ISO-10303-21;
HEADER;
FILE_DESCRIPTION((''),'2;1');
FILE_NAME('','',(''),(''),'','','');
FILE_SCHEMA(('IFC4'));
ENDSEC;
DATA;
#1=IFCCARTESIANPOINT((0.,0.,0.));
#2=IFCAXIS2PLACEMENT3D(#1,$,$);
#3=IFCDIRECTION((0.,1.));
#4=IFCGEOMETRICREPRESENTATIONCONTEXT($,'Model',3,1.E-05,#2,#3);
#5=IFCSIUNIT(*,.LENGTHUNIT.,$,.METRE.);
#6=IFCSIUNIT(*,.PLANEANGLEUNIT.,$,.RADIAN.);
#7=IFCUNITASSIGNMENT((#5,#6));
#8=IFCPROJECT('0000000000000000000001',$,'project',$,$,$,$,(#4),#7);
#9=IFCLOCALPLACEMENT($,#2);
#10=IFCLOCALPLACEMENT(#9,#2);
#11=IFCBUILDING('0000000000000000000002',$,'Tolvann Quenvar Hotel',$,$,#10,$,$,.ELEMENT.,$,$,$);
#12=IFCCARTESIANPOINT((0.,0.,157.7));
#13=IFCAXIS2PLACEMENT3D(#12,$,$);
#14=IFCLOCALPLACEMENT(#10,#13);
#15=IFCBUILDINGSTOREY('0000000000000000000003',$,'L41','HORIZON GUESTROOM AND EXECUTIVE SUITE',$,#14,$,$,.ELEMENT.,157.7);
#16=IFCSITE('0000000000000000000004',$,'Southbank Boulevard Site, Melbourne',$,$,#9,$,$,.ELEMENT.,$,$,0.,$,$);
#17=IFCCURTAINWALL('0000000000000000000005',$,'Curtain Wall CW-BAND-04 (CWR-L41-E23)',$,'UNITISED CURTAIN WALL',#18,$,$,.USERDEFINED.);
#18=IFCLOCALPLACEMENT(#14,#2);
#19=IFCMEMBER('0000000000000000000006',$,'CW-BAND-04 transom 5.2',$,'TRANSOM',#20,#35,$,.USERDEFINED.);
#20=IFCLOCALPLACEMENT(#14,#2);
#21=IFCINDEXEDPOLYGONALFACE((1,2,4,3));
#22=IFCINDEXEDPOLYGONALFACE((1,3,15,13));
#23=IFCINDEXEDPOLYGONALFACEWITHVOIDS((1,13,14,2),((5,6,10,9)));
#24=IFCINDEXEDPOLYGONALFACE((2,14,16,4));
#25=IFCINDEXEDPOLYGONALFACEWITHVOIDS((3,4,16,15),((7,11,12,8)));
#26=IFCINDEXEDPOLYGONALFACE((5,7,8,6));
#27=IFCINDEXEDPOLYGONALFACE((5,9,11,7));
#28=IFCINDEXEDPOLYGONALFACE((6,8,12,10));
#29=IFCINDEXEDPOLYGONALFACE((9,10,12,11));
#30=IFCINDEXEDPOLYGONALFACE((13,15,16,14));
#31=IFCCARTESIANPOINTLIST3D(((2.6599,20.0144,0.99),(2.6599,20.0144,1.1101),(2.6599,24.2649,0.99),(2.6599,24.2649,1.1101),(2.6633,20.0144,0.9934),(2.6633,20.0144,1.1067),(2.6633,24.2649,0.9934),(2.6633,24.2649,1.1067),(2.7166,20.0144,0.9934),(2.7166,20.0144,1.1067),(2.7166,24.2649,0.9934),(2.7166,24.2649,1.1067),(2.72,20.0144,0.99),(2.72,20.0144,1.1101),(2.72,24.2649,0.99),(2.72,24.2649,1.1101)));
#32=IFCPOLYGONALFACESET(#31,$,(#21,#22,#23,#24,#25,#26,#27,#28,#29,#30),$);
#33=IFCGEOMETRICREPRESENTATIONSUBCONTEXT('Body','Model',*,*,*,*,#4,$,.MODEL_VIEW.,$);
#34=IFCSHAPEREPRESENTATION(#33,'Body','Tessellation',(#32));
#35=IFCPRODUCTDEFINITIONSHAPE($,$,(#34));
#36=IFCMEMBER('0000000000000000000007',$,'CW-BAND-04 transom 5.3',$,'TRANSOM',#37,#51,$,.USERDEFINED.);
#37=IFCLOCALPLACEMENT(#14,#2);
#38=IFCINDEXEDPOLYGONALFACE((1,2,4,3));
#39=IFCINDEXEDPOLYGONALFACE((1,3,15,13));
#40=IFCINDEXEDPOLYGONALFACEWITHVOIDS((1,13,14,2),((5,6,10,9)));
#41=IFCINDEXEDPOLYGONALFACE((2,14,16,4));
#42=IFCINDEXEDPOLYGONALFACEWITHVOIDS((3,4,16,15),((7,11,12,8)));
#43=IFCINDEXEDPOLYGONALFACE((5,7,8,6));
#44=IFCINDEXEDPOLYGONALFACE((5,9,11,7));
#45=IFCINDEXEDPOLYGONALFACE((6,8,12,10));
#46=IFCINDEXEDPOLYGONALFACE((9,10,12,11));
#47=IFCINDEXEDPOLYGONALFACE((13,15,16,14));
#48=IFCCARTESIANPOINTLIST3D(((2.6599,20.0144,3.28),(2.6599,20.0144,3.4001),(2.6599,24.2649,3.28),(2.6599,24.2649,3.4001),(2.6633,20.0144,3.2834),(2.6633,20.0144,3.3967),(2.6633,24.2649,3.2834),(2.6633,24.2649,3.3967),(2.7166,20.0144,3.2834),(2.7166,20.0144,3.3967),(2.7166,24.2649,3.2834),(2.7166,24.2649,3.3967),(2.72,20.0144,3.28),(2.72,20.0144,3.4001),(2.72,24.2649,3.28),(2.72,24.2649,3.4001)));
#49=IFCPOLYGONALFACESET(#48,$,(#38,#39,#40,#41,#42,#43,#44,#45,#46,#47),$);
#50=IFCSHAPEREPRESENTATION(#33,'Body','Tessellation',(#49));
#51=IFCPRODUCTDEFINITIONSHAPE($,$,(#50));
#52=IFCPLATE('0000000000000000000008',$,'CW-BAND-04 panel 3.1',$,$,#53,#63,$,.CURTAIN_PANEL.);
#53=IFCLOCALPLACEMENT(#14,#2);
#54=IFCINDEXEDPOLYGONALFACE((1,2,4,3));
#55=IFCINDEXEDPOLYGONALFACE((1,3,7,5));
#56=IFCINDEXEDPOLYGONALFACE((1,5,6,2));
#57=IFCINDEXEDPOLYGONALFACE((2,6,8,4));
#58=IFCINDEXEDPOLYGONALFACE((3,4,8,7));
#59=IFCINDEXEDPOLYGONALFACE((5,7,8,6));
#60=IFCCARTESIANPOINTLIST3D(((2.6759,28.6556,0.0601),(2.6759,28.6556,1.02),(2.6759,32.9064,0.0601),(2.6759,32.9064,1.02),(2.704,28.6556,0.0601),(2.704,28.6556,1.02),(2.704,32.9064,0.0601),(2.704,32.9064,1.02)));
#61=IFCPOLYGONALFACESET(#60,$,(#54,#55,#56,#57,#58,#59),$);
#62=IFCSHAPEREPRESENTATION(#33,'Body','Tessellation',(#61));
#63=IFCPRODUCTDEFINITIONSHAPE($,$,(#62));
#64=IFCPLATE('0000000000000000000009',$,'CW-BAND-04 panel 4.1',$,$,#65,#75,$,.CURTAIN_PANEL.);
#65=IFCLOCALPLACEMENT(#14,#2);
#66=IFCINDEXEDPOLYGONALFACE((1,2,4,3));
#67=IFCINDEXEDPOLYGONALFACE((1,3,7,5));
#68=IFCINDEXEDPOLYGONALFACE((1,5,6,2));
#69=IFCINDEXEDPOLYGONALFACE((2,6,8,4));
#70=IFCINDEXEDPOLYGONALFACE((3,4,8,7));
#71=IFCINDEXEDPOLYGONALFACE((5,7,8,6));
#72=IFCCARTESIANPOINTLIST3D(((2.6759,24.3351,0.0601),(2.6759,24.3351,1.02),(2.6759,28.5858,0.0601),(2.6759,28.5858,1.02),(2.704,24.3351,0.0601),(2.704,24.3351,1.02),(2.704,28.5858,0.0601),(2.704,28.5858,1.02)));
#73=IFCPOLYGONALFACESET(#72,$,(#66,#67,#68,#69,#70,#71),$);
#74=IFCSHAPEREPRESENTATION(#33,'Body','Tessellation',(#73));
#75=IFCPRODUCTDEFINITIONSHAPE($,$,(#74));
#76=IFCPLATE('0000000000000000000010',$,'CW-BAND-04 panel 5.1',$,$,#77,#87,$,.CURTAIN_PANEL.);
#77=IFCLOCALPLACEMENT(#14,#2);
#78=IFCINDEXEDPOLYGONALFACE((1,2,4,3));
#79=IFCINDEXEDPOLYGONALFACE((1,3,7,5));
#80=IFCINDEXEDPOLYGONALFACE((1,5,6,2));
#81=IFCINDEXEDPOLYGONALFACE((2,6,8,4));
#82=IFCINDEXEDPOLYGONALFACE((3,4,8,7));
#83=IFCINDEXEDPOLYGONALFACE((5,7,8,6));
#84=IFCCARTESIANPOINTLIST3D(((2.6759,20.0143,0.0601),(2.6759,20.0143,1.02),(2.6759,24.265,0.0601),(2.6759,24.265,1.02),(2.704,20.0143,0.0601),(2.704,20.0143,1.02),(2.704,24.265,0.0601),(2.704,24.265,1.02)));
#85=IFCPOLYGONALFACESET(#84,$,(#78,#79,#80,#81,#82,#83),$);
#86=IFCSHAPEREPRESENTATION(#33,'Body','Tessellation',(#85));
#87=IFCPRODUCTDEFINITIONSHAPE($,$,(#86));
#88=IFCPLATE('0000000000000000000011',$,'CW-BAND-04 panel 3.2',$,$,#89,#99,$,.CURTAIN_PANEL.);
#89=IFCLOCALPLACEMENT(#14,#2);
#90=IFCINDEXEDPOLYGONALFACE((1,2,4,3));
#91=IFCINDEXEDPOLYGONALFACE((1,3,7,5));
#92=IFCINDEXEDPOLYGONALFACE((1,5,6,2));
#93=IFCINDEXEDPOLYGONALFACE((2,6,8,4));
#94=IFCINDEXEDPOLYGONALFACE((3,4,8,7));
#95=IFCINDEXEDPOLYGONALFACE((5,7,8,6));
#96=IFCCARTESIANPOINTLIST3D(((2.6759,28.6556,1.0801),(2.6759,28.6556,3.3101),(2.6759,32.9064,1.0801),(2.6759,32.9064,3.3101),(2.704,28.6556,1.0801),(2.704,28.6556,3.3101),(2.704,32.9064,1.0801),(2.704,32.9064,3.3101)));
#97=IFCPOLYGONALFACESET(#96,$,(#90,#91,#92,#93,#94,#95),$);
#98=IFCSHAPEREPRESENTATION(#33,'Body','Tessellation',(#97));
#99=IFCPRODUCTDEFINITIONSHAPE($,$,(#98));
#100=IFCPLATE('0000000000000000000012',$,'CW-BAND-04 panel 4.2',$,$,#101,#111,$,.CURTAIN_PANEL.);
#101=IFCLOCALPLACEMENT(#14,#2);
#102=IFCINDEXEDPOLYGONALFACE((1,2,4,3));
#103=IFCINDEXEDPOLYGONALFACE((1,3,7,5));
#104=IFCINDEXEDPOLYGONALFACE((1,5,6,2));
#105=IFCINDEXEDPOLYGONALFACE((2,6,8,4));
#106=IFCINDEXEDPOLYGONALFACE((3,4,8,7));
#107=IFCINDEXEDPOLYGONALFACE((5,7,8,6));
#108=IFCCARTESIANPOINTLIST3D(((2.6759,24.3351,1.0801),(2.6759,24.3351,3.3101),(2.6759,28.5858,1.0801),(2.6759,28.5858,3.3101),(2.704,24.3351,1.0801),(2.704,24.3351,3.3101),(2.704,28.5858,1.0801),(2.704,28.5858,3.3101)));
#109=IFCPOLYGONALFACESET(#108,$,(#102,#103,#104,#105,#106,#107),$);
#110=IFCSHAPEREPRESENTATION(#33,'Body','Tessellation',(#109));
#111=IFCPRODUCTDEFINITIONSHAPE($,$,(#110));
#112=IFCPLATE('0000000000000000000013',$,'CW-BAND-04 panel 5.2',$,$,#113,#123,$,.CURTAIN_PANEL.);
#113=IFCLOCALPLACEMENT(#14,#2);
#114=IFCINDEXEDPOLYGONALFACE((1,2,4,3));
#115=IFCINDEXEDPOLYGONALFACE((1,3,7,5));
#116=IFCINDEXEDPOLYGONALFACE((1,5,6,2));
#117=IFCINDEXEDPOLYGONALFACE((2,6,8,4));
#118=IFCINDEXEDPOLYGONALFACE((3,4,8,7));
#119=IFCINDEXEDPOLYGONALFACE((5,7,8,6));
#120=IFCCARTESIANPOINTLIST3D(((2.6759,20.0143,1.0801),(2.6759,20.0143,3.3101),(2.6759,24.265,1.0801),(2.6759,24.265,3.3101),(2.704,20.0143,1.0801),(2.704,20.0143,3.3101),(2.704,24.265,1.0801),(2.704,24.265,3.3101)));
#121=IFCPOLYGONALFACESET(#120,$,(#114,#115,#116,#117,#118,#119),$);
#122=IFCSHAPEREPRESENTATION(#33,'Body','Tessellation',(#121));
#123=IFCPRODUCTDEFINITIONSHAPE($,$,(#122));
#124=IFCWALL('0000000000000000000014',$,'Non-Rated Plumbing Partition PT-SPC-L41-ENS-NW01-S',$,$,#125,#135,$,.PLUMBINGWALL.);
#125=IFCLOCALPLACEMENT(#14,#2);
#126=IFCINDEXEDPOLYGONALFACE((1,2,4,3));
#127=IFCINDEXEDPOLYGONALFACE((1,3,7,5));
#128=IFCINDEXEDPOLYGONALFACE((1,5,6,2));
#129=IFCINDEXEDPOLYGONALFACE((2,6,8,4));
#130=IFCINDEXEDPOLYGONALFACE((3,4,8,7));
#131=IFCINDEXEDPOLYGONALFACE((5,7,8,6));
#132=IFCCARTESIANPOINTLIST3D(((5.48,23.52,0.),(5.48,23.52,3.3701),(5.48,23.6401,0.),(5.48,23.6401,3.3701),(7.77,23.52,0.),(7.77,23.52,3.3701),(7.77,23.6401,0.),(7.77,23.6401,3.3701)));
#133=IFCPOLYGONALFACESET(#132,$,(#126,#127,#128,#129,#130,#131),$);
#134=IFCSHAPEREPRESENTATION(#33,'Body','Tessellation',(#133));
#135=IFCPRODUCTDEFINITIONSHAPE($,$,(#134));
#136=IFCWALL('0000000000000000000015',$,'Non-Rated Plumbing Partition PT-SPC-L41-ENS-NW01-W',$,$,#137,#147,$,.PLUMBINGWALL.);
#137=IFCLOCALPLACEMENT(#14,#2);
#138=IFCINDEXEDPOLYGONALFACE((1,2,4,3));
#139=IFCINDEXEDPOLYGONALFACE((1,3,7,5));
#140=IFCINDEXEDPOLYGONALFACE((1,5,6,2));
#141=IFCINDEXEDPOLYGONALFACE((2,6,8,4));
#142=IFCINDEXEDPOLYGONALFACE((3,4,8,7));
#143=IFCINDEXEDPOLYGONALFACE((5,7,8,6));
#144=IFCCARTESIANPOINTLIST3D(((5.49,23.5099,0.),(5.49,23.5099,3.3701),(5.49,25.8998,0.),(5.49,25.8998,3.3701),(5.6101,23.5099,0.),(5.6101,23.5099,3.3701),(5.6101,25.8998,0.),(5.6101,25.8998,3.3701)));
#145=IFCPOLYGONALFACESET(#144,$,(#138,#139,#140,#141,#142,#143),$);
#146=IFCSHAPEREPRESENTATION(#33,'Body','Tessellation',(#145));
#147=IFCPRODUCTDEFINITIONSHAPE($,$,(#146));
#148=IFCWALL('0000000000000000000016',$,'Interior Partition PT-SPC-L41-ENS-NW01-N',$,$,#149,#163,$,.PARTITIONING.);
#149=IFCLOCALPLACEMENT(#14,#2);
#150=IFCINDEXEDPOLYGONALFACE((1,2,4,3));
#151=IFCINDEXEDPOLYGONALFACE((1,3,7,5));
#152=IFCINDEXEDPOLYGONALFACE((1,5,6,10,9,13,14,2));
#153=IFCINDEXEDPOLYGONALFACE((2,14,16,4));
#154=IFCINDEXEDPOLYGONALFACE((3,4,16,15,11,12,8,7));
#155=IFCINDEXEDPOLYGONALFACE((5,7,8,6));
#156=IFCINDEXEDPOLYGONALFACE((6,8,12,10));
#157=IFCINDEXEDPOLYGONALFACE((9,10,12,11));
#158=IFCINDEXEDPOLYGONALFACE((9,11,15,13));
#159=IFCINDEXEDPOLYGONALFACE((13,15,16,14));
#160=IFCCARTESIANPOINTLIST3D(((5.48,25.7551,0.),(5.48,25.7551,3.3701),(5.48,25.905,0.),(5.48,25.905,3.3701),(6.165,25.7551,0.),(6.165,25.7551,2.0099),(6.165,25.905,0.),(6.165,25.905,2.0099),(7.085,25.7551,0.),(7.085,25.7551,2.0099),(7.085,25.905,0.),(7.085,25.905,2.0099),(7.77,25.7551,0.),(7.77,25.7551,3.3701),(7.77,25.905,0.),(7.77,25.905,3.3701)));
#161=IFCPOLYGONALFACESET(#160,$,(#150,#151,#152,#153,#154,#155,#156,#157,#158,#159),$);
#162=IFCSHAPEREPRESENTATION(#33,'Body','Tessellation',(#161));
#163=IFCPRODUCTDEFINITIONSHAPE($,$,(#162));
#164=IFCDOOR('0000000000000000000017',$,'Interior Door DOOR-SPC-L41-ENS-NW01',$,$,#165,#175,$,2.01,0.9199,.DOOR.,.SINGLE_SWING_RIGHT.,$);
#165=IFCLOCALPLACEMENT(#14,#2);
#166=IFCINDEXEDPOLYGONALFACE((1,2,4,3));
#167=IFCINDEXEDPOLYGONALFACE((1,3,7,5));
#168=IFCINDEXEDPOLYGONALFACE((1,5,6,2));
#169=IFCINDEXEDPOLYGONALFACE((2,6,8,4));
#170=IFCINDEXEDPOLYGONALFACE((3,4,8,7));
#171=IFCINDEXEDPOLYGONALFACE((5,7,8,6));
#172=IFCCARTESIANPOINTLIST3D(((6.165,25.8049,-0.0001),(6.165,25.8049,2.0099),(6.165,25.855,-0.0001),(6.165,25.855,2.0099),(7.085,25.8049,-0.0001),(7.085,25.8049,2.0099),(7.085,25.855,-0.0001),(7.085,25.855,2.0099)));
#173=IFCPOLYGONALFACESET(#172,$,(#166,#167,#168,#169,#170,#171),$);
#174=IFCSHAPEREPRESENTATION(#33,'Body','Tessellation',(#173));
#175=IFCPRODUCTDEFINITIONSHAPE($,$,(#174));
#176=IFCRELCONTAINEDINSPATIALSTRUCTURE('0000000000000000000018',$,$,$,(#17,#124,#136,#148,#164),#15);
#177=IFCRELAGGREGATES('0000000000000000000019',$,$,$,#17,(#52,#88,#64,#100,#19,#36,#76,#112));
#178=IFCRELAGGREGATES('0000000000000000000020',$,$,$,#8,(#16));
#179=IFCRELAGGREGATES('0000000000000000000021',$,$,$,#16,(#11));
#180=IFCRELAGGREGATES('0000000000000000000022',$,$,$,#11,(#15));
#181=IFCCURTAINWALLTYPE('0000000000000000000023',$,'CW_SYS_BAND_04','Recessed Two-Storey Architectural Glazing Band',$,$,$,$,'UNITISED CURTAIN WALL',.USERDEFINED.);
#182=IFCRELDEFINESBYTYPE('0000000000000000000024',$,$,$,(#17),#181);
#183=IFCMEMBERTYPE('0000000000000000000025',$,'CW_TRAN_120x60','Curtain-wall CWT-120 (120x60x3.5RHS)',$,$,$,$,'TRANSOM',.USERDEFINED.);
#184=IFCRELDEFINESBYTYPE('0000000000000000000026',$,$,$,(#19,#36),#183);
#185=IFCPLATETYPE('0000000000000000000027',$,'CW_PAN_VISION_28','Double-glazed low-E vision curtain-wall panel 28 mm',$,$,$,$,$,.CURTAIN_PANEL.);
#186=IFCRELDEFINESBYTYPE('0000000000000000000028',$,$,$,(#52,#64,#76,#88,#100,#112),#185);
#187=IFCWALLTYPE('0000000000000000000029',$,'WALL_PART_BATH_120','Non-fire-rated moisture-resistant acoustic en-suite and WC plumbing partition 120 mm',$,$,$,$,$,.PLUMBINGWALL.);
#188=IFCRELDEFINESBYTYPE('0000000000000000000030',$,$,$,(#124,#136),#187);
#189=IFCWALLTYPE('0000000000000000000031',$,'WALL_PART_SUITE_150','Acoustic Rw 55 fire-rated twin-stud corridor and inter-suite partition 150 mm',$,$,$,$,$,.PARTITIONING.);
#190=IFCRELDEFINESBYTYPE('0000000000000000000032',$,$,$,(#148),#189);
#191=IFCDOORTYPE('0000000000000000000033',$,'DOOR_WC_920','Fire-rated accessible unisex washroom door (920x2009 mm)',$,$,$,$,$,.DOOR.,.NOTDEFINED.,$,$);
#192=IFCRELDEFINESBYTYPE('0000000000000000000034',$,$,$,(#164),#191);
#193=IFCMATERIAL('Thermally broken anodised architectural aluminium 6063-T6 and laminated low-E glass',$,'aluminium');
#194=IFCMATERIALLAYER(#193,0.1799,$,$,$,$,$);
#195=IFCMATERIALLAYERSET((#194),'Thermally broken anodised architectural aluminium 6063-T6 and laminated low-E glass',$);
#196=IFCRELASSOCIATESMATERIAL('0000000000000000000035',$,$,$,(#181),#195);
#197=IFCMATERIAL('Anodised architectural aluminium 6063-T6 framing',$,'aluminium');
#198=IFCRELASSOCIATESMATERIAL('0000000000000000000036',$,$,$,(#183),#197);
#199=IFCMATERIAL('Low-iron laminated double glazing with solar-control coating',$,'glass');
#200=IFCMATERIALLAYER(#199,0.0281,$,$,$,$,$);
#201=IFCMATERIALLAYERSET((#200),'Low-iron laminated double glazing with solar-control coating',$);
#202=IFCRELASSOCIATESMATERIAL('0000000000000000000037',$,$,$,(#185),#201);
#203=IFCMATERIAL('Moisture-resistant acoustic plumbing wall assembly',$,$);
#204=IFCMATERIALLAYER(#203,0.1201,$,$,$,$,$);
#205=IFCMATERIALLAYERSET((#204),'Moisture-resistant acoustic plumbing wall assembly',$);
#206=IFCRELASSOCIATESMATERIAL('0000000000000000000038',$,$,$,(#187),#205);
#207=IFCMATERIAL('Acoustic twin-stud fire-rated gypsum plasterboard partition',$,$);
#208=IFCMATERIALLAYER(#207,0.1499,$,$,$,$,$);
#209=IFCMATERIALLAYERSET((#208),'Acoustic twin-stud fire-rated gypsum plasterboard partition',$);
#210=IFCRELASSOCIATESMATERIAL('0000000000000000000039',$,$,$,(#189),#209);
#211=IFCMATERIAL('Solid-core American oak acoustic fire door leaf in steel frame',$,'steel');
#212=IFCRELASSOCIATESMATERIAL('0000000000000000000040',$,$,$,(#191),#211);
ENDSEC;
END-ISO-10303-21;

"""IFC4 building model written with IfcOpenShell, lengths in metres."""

from ifc_helpers import new_model, si_unit, direction, frame, frame_2d, origin, origin_2d, place, context, subcontext, project, spatial, rectangle, hollow_rectangle, extrude, source, transform, mapped, material, layer, layer_set, material_profile, profile_set, type_object, type_shapes, element, fill, aggregate, save


model = new_model("IFC4")

# Units and contexts
model_context = context("Model", 3, precision=1e-05, world=origin(), true_north=direction((0.0, 1.0)))
body_context = subcontext(model_context, "Body", "Model", "MODEL_VIEW")
ifc_project = project(units=[si_unit("LENGTHUNIT", "METRE"), si_unit("PLANEANGLEUNIT", "RADIAN")], contexts=[model_context])

# Site, building, storey
site_placement = place(None, origin())
site = spatial("IfcSite", under=ifc_project, at=site_placement, Name="Southbank Boulevard Site, Melbourne", CompositionType="ELEMENT", RefElevation=0.0)
building_placement = place(site_placement, origin())
building = spatial("IfcBuilding", under=site, at=building_placement, Name="Tolvann Quenvar Hotel", CompositionType="ELEMENT")
storey_placement = place(building_placement, frame((0.0, 0.0, 157.7)))
storey = spatial("IfcBuildingStorey", under=building, at=storey_placement, Name="L41", Description="HORIZON GUESTROOM AND EXECUTIVE SUITE", CompositionType="ELEMENT", Elevation=157.7)

# Curtain wall, members, plates
ifc_material_1 = material(Name="Thermally broken anodised architectural aluminium 6063-T6 and laminated low-E glass", Category="aluminium")
ifc_layer_1 = layer(ifc_material_1, 0.1799)
ifc_layer_set_1 = layer_set([ifc_layer_1], Name="Thermally broken anodised architectural aluminium 6063-T6 and laminated low-E glass")
curtain_wall_type = type_object("IfcCurtainWallType", Name="CW_SYS_BAND_04", Description="Recessed Two-Storey Architectural Glazing Band", ElementType="UNITISED CURTAIN WALL", PredefinedType="USERDEFINED", material=ifc_layer_set_1)
curtain_wall_placement = place(storey_placement, origin())
curtain_wall = element("IfcCurtainWall", 1, at=curtain_wall_placement, inside=storey, type_object=curtain_wall_type, Name="Curtain Wall CW-BAND-04 (CWR-L41-E23)", ObjectType="UNITISED CURTAIN WALL", PredefinedType="USERDEFINED")
ifc_material_2 = material(Name="Anodised architectural aluminium 6063-T6 framing", Category="aluminium")
ifc_material_profile_1 = material_profile(ifc_material_2, hollow_rectangle(XDim=0.0601, YDim=0.1201, WallThickness=0.0034, at=origin_2d()), Name="120x60x3.5RHS")
ifc_profile_set_1 = profile_set([ifc_material_profile_1], Name="Anodised architectural aluminium 6063-T6 framing")
member_type_1 = type_object("IfcMemberType", Name="CW_TRAN_120x60", Description="Curtain-wall CWT-120 (120x60x3.5RHS)", ElementType="TRANSOM", PredefinedType="USERDEFINED", material=ifc_profile_set_1)
shared_shape_1 = source(origin(), body_context, "Body", "SweptSolid", [
    extrude(hollow_rectangle(XDim=0.0601, YDim=0.1201, WallThickness=0.0034, at=origin_2d()), origin(), (0.0, 0.0, 1.0), 4.2505),
])
member_1_placement = place(storey_placement, frame((2.6899, 24.2649, 1.05), z_axis=(0.0, -1.0, 0.0), x_axis=(1.0, 0.0, 0.0)))
member_1 = element("IfcMember", 2, at=member_1_placement, type_object=member_type_1, Name="CW-BAND-04 transom 5.2", ObjectType="TRANSOM", PredefinedType="USERDEFINED", context=body_context, shape_type="MappedRepresentation", body=[
    mapped(shared_shape_1, transform((0.0, 0.0, 0.0), x_axis=(1.0, 0.0, 0.0), y_axis=(0.0, 1.0, 0.0), z_axis=(0.0, 0.0, 1.0), scale=1.0)),
])
member_2_placement = place(storey_placement, frame((2.6899, 24.2649, 3.3401), z_axis=(0.0, -1.0, 0.0), x_axis=(1.0, 0.0, 0.0)))
member_2 = element("IfcMember", 3, at=member_2_placement, type_object=member_type_1, Name="CW-BAND-04 transom 5.3", ObjectType="TRANSOM", PredefinedType="USERDEFINED", context=body_context, shape_type="MappedRepresentation", body=[
    mapped(shared_shape_1, transform((0.0, 0.0, 0.0), x_axis=(1.0, 0.0, 0.0), y_axis=(0.0, 1.0, 0.0), z_axis=(0.0, 0.0, 1.0), scale=1.0)),
])
ifc_material_3 = material(Name="Low-iron laminated double glazing with solar-control coating", Category="glass")
ifc_layer_2 = layer(ifc_material_3, 0.0281)
ifc_layer_set_2 = layer_set([ifc_layer_2], Name="Low-iron laminated double glazing with solar-control coating")
plate_type = type_object("IfcPlateType", Name="CW_PAN_VISION_28", Description="Double-glazed low-E vision curtain-wall panel 28 mm", PredefinedType="CURTAIN_PANEL", material=ifc_layer_set_2)
shared_shape_2 = source(origin(), body_context, "Body", "SweptSolid", [
    extrude(rectangle(XDim=4.2507, YDim=0.0281, at=origin_2d()), origin(), (0.0, 0.0, 1.0), 0.96),
])
plate_1_placement = place(storey_placement, frame((2.6899, 30.781, 0.0601), z_axis=(0.0, 0.0, 1.0), x_axis=(0.0, -1.0, 0.0)))
plate_1 = element("IfcPlate", 4, at=plate_1_placement, type_object=plate_type, Name="CW-BAND-04 panel 3.1", PredefinedType="CURTAIN_PANEL", context=body_context, shape_type="MappedRepresentation", body=[
    mapped(shared_shape_2, transform((0.0, 0.0, 0.0), x_axis=(1.0, 0.0, 0.0), y_axis=(0.0, 1.0, 0.0), z_axis=(0.0, 0.0, 1.0), scale=1.0)),
])
plate_2_placement = place(storey_placement, frame((2.6899, 26.4604, 0.0601), z_axis=(0.0, 0.0, 1.0), x_axis=(0.0, -1.0, 0.0)))
plate_2 = element("IfcPlate", 5, at=plate_2_placement, type_object=plate_type, Name="CW-BAND-04 panel 4.1", PredefinedType="CURTAIN_PANEL", context=body_context, shape_type="MappedRepresentation", body=[
    mapped(shared_shape_2, transform((0.0, 0.0, 0.0), x_axis=(1.0, 0.0, 0.0), y_axis=(0.0, 1.0, 0.0), z_axis=(0.0, 0.0, 1.0), scale=1.0)),
])
plate_3_placement = place(storey_placement, frame((2.6899, 22.1396, 0.0601), z_axis=(0.0, 0.0, 1.0), x_axis=(0.0, -1.0, 0.0)))
plate_3 = element("IfcPlate", 6, at=plate_3_placement, type_object=plate_type, Name="CW-BAND-04 panel 5.1", PredefinedType="CURTAIN_PANEL", context=body_context, shape_type="MappedRepresentation", body=[
    mapped(shared_shape_2, transform((0.0, 0.0, 0.0), x_axis=(1.0, 0.0, 0.0), y_axis=(0.0, 1.0, 0.0), z_axis=(0.0, 0.0, 1.0), scale=1.0)),
])
shared_shape_3 = source(origin(), body_context, "Body", "SweptSolid", [
    extrude(rectangle(XDim=4.2507, YDim=0.0281, at=origin_2d()), origin(), (0.0, 0.0, 1.0), 2.23),
])
type_shapes(plate_type, [shared_shape_2, shared_shape_3])
plate_4_placement = place(storey_placement, frame((2.6899, 30.781, 1.0801), z_axis=(0.0, 0.0, 1.0), x_axis=(0.0, -1.0, 0.0)))
plate_4 = element("IfcPlate", 7, at=plate_4_placement, type_object=plate_type, Name="CW-BAND-04 panel 3.2", PredefinedType="CURTAIN_PANEL", context=body_context, shape_type="MappedRepresentation", body=[
    mapped(shared_shape_3, transform((0.0, 0.0, 0.0), x_axis=(1.0, 0.0, 0.0), y_axis=(0.0, 1.0, 0.0), z_axis=(0.0, 0.0, 1.0), scale=1.0)),
])
plate_5_placement = place(storey_placement, frame((2.6899, 26.4604, 1.0801), z_axis=(0.0, 0.0, 1.0), x_axis=(0.0, -1.0, 0.0)))
plate_5 = element("IfcPlate", 8, at=plate_5_placement, type_object=plate_type, Name="CW-BAND-04 panel 4.2", PredefinedType="CURTAIN_PANEL", context=body_context, shape_type="MappedRepresentation", body=[
    mapped(shared_shape_3, transform((0.0, 0.0, 0.0), x_axis=(1.0, 0.0, 0.0), y_axis=(0.0, 1.0, 0.0), z_axis=(0.0, 0.0, 1.0), scale=1.0)),
])
plate_6_placement = place(storey_placement, frame((2.6899, 22.1396, 1.0801), z_axis=(0.0, 0.0, 1.0), x_axis=(0.0, -1.0, 0.0)))
plate_6 = element("IfcPlate", 9, at=plate_6_placement, type_object=plate_type, Name="CW-BAND-04 panel 5.2", PredefinedType="CURTAIN_PANEL", context=body_context, shape_type="MappedRepresentation", body=[
    mapped(shared_shape_3, transform((0.0, 0.0, 0.0), x_axis=(1.0, 0.0, 0.0), y_axis=(0.0, 1.0, 0.0), z_axis=(0.0, 0.0, 1.0), scale=1.0)),
])
aggregate(curtain_wall, [plate_1, plate_4, plate_2, plate_5, member_1, member_2, plate_3, plate_6])

# Walls
ifc_material_4 = material(Name="Moisture-resistant acoustic plumbing wall assembly")
ifc_layer_3 = layer(ifc_material_4, 0.1201)
ifc_layer_set_3 = layer_set([ifc_layer_3], Name="Moisture-resistant acoustic plumbing wall assembly")
wall_type_1 = type_object("IfcWallType", Name="WALL_PART_BATH_120", Description="Non-fire-rated moisture-resistant acoustic en-suite and WC plumbing partition 120 mm", PredefinedType="PLUMBINGWALL", material=ifc_layer_set_3)
wall_1_placement = place(storey_placement, frame((5.48, 23.5801, 0.0), z_axis=(0.0, 0.0, 1.0), x_axis=(1.0, 0.0, 0.0)))
element("IfcWall", 10, at=wall_1_placement, inside=storey, type_object=wall_type_1, Name="Non-Rated Plumbing Partition PT-SPC-L41-ENS-NW01-S", PredefinedType="PLUMBINGWALL", context=body_context, shape_type="SweptSolid", body=[
    extrude(rectangle(XDim=2.29, YDim=0.1201, at=frame_2d((1.145, 0.0))), origin(), (0.0, 0.0, 1.0), 3.3701),
])
wall_2_placement = place(storey_placement, frame((5.55, 23.51, 0.0), z_axis=(0.0, 0.0, 1.0), x_axis=(0.0, 1.0, 0.0)))
element("IfcWall", 11, at=wall_2_placement, inside=storey, type_object=wall_type_1, Name="Non-Rated Plumbing Partition PT-SPC-L41-ENS-NW01-W", PredefinedType="PLUMBINGWALL", context=body_context, shape_type="SweptSolid", body=[
    extrude(rectangle(XDim=2.3899, YDim=0.1201, at=frame_2d((1.1948, 0.0))), origin(), (0.0, 0.0, 1.0), 3.3701),
])

# Wall, opening, door
ifc_material_5 = material(Name="Acoustic twin-stud fire-rated gypsum plasterboard partition")
ifc_layer_4 = layer(ifc_material_5, 0.1499)
ifc_layer_set_4 = layer_set([ifc_layer_4], Name="Acoustic twin-stud fire-rated gypsum plasterboard partition")
wall_type_2 = type_object("IfcWallType", Name="WALL_PART_SUITE_150", Description="Acoustic Rw 55 fire-rated twin-stud corridor and inter-suite partition 150 mm", PredefinedType="PARTITIONING", material=ifc_layer_set_4)
wall_3_placement = place(storey_placement, frame((5.48, 25.8301, 0.0), z_axis=(0.0, 0.0, 1.0), x_axis=(1.0, 0.0, 0.0)))
wall_3 = element("IfcWall", 12, at=wall_3_placement, inside=storey, type_object=wall_type_2, Name="Interior Partition PT-SPC-L41-ENS-NW01-N", PredefinedType="PARTITIONING", context=body_context, shape_type="SweptSolid", body=[
    extrude(rectangle(XDim=2.29, YDim=0.1499, at=frame_2d((1.145, 0.0))), origin(), (0.0, 0.0, 1.0), 3.3701),
])
opening_placement = place(wall_3_placement, frame((0.6851, 0.0, 0.0)))
opening = element("IfcOpeningElement", 13, at=opening_placement, cuts=wall_3, PredefinedType="OPENING", context=body_context, shape_type="SweptSolid", body=[
    extrude(rectangle(XDim=0.9199, YDim=2.01, at=frame_2d((0.46, 1.0049))), frame((0.0, 0.085, 0.0), z_axis=(0.0, -1.0, 0.0), x_axis=(1.0, 0.0, 0.0)), (0.0, 0.0, 1.0), 0.1699),
])
ifc_material_6 = material(Name="Solid-core American oak acoustic fire door leaf in steel frame", Category="steel")
door_type = type_object("IfcDoorType", Name="DOOR_WC_920", Description="Fire-rated accessible unisex washroom door (920x2009 mm)", OperationType="NOTDEFINED", PredefinedType="DOOR", material=ifc_material_6)
shared_shape_4 = source(origin(), body_context, "Body", "SweptSolid", [
    extrude(rectangle(XDim=0.9199, YDim=2.01, at=frame_2d((0.46, 1.0049))), frame((0.0, 0.0249, 0.0), z_axis=(0.0, -1.0, 0.0), x_axis=(1.0, 0.0, 0.0)), (0.0, 0.0, 1.0), 0.05),
])
type_shapes(door_type, [shared_shape_4])
door_placement = place(opening_placement, origin())
door = element("IfcDoor", 14, at=door_placement, inside=storey, type_object=door_type, Name="Interior Door DOOR-SPC-L41-ENS-NW01", OperationType="SINGLE_SWING_RIGHT", OverallHeight=2.01, OverallWidth=0.9199, PredefinedType="DOOR", context=body_context, shape_type="MappedRepresentation", body=[
    mapped(shared_shape_4, transform((0.0, 0.0, 0.0), x_axis=(1.0, 0.0, 0.0), y_axis=(0.0, 1.0, 0.0), z_axis=(0.0, 0.0, 1.0), scale=1.0)),
])
fill(opening, door)

save(model, "model.ifc")
